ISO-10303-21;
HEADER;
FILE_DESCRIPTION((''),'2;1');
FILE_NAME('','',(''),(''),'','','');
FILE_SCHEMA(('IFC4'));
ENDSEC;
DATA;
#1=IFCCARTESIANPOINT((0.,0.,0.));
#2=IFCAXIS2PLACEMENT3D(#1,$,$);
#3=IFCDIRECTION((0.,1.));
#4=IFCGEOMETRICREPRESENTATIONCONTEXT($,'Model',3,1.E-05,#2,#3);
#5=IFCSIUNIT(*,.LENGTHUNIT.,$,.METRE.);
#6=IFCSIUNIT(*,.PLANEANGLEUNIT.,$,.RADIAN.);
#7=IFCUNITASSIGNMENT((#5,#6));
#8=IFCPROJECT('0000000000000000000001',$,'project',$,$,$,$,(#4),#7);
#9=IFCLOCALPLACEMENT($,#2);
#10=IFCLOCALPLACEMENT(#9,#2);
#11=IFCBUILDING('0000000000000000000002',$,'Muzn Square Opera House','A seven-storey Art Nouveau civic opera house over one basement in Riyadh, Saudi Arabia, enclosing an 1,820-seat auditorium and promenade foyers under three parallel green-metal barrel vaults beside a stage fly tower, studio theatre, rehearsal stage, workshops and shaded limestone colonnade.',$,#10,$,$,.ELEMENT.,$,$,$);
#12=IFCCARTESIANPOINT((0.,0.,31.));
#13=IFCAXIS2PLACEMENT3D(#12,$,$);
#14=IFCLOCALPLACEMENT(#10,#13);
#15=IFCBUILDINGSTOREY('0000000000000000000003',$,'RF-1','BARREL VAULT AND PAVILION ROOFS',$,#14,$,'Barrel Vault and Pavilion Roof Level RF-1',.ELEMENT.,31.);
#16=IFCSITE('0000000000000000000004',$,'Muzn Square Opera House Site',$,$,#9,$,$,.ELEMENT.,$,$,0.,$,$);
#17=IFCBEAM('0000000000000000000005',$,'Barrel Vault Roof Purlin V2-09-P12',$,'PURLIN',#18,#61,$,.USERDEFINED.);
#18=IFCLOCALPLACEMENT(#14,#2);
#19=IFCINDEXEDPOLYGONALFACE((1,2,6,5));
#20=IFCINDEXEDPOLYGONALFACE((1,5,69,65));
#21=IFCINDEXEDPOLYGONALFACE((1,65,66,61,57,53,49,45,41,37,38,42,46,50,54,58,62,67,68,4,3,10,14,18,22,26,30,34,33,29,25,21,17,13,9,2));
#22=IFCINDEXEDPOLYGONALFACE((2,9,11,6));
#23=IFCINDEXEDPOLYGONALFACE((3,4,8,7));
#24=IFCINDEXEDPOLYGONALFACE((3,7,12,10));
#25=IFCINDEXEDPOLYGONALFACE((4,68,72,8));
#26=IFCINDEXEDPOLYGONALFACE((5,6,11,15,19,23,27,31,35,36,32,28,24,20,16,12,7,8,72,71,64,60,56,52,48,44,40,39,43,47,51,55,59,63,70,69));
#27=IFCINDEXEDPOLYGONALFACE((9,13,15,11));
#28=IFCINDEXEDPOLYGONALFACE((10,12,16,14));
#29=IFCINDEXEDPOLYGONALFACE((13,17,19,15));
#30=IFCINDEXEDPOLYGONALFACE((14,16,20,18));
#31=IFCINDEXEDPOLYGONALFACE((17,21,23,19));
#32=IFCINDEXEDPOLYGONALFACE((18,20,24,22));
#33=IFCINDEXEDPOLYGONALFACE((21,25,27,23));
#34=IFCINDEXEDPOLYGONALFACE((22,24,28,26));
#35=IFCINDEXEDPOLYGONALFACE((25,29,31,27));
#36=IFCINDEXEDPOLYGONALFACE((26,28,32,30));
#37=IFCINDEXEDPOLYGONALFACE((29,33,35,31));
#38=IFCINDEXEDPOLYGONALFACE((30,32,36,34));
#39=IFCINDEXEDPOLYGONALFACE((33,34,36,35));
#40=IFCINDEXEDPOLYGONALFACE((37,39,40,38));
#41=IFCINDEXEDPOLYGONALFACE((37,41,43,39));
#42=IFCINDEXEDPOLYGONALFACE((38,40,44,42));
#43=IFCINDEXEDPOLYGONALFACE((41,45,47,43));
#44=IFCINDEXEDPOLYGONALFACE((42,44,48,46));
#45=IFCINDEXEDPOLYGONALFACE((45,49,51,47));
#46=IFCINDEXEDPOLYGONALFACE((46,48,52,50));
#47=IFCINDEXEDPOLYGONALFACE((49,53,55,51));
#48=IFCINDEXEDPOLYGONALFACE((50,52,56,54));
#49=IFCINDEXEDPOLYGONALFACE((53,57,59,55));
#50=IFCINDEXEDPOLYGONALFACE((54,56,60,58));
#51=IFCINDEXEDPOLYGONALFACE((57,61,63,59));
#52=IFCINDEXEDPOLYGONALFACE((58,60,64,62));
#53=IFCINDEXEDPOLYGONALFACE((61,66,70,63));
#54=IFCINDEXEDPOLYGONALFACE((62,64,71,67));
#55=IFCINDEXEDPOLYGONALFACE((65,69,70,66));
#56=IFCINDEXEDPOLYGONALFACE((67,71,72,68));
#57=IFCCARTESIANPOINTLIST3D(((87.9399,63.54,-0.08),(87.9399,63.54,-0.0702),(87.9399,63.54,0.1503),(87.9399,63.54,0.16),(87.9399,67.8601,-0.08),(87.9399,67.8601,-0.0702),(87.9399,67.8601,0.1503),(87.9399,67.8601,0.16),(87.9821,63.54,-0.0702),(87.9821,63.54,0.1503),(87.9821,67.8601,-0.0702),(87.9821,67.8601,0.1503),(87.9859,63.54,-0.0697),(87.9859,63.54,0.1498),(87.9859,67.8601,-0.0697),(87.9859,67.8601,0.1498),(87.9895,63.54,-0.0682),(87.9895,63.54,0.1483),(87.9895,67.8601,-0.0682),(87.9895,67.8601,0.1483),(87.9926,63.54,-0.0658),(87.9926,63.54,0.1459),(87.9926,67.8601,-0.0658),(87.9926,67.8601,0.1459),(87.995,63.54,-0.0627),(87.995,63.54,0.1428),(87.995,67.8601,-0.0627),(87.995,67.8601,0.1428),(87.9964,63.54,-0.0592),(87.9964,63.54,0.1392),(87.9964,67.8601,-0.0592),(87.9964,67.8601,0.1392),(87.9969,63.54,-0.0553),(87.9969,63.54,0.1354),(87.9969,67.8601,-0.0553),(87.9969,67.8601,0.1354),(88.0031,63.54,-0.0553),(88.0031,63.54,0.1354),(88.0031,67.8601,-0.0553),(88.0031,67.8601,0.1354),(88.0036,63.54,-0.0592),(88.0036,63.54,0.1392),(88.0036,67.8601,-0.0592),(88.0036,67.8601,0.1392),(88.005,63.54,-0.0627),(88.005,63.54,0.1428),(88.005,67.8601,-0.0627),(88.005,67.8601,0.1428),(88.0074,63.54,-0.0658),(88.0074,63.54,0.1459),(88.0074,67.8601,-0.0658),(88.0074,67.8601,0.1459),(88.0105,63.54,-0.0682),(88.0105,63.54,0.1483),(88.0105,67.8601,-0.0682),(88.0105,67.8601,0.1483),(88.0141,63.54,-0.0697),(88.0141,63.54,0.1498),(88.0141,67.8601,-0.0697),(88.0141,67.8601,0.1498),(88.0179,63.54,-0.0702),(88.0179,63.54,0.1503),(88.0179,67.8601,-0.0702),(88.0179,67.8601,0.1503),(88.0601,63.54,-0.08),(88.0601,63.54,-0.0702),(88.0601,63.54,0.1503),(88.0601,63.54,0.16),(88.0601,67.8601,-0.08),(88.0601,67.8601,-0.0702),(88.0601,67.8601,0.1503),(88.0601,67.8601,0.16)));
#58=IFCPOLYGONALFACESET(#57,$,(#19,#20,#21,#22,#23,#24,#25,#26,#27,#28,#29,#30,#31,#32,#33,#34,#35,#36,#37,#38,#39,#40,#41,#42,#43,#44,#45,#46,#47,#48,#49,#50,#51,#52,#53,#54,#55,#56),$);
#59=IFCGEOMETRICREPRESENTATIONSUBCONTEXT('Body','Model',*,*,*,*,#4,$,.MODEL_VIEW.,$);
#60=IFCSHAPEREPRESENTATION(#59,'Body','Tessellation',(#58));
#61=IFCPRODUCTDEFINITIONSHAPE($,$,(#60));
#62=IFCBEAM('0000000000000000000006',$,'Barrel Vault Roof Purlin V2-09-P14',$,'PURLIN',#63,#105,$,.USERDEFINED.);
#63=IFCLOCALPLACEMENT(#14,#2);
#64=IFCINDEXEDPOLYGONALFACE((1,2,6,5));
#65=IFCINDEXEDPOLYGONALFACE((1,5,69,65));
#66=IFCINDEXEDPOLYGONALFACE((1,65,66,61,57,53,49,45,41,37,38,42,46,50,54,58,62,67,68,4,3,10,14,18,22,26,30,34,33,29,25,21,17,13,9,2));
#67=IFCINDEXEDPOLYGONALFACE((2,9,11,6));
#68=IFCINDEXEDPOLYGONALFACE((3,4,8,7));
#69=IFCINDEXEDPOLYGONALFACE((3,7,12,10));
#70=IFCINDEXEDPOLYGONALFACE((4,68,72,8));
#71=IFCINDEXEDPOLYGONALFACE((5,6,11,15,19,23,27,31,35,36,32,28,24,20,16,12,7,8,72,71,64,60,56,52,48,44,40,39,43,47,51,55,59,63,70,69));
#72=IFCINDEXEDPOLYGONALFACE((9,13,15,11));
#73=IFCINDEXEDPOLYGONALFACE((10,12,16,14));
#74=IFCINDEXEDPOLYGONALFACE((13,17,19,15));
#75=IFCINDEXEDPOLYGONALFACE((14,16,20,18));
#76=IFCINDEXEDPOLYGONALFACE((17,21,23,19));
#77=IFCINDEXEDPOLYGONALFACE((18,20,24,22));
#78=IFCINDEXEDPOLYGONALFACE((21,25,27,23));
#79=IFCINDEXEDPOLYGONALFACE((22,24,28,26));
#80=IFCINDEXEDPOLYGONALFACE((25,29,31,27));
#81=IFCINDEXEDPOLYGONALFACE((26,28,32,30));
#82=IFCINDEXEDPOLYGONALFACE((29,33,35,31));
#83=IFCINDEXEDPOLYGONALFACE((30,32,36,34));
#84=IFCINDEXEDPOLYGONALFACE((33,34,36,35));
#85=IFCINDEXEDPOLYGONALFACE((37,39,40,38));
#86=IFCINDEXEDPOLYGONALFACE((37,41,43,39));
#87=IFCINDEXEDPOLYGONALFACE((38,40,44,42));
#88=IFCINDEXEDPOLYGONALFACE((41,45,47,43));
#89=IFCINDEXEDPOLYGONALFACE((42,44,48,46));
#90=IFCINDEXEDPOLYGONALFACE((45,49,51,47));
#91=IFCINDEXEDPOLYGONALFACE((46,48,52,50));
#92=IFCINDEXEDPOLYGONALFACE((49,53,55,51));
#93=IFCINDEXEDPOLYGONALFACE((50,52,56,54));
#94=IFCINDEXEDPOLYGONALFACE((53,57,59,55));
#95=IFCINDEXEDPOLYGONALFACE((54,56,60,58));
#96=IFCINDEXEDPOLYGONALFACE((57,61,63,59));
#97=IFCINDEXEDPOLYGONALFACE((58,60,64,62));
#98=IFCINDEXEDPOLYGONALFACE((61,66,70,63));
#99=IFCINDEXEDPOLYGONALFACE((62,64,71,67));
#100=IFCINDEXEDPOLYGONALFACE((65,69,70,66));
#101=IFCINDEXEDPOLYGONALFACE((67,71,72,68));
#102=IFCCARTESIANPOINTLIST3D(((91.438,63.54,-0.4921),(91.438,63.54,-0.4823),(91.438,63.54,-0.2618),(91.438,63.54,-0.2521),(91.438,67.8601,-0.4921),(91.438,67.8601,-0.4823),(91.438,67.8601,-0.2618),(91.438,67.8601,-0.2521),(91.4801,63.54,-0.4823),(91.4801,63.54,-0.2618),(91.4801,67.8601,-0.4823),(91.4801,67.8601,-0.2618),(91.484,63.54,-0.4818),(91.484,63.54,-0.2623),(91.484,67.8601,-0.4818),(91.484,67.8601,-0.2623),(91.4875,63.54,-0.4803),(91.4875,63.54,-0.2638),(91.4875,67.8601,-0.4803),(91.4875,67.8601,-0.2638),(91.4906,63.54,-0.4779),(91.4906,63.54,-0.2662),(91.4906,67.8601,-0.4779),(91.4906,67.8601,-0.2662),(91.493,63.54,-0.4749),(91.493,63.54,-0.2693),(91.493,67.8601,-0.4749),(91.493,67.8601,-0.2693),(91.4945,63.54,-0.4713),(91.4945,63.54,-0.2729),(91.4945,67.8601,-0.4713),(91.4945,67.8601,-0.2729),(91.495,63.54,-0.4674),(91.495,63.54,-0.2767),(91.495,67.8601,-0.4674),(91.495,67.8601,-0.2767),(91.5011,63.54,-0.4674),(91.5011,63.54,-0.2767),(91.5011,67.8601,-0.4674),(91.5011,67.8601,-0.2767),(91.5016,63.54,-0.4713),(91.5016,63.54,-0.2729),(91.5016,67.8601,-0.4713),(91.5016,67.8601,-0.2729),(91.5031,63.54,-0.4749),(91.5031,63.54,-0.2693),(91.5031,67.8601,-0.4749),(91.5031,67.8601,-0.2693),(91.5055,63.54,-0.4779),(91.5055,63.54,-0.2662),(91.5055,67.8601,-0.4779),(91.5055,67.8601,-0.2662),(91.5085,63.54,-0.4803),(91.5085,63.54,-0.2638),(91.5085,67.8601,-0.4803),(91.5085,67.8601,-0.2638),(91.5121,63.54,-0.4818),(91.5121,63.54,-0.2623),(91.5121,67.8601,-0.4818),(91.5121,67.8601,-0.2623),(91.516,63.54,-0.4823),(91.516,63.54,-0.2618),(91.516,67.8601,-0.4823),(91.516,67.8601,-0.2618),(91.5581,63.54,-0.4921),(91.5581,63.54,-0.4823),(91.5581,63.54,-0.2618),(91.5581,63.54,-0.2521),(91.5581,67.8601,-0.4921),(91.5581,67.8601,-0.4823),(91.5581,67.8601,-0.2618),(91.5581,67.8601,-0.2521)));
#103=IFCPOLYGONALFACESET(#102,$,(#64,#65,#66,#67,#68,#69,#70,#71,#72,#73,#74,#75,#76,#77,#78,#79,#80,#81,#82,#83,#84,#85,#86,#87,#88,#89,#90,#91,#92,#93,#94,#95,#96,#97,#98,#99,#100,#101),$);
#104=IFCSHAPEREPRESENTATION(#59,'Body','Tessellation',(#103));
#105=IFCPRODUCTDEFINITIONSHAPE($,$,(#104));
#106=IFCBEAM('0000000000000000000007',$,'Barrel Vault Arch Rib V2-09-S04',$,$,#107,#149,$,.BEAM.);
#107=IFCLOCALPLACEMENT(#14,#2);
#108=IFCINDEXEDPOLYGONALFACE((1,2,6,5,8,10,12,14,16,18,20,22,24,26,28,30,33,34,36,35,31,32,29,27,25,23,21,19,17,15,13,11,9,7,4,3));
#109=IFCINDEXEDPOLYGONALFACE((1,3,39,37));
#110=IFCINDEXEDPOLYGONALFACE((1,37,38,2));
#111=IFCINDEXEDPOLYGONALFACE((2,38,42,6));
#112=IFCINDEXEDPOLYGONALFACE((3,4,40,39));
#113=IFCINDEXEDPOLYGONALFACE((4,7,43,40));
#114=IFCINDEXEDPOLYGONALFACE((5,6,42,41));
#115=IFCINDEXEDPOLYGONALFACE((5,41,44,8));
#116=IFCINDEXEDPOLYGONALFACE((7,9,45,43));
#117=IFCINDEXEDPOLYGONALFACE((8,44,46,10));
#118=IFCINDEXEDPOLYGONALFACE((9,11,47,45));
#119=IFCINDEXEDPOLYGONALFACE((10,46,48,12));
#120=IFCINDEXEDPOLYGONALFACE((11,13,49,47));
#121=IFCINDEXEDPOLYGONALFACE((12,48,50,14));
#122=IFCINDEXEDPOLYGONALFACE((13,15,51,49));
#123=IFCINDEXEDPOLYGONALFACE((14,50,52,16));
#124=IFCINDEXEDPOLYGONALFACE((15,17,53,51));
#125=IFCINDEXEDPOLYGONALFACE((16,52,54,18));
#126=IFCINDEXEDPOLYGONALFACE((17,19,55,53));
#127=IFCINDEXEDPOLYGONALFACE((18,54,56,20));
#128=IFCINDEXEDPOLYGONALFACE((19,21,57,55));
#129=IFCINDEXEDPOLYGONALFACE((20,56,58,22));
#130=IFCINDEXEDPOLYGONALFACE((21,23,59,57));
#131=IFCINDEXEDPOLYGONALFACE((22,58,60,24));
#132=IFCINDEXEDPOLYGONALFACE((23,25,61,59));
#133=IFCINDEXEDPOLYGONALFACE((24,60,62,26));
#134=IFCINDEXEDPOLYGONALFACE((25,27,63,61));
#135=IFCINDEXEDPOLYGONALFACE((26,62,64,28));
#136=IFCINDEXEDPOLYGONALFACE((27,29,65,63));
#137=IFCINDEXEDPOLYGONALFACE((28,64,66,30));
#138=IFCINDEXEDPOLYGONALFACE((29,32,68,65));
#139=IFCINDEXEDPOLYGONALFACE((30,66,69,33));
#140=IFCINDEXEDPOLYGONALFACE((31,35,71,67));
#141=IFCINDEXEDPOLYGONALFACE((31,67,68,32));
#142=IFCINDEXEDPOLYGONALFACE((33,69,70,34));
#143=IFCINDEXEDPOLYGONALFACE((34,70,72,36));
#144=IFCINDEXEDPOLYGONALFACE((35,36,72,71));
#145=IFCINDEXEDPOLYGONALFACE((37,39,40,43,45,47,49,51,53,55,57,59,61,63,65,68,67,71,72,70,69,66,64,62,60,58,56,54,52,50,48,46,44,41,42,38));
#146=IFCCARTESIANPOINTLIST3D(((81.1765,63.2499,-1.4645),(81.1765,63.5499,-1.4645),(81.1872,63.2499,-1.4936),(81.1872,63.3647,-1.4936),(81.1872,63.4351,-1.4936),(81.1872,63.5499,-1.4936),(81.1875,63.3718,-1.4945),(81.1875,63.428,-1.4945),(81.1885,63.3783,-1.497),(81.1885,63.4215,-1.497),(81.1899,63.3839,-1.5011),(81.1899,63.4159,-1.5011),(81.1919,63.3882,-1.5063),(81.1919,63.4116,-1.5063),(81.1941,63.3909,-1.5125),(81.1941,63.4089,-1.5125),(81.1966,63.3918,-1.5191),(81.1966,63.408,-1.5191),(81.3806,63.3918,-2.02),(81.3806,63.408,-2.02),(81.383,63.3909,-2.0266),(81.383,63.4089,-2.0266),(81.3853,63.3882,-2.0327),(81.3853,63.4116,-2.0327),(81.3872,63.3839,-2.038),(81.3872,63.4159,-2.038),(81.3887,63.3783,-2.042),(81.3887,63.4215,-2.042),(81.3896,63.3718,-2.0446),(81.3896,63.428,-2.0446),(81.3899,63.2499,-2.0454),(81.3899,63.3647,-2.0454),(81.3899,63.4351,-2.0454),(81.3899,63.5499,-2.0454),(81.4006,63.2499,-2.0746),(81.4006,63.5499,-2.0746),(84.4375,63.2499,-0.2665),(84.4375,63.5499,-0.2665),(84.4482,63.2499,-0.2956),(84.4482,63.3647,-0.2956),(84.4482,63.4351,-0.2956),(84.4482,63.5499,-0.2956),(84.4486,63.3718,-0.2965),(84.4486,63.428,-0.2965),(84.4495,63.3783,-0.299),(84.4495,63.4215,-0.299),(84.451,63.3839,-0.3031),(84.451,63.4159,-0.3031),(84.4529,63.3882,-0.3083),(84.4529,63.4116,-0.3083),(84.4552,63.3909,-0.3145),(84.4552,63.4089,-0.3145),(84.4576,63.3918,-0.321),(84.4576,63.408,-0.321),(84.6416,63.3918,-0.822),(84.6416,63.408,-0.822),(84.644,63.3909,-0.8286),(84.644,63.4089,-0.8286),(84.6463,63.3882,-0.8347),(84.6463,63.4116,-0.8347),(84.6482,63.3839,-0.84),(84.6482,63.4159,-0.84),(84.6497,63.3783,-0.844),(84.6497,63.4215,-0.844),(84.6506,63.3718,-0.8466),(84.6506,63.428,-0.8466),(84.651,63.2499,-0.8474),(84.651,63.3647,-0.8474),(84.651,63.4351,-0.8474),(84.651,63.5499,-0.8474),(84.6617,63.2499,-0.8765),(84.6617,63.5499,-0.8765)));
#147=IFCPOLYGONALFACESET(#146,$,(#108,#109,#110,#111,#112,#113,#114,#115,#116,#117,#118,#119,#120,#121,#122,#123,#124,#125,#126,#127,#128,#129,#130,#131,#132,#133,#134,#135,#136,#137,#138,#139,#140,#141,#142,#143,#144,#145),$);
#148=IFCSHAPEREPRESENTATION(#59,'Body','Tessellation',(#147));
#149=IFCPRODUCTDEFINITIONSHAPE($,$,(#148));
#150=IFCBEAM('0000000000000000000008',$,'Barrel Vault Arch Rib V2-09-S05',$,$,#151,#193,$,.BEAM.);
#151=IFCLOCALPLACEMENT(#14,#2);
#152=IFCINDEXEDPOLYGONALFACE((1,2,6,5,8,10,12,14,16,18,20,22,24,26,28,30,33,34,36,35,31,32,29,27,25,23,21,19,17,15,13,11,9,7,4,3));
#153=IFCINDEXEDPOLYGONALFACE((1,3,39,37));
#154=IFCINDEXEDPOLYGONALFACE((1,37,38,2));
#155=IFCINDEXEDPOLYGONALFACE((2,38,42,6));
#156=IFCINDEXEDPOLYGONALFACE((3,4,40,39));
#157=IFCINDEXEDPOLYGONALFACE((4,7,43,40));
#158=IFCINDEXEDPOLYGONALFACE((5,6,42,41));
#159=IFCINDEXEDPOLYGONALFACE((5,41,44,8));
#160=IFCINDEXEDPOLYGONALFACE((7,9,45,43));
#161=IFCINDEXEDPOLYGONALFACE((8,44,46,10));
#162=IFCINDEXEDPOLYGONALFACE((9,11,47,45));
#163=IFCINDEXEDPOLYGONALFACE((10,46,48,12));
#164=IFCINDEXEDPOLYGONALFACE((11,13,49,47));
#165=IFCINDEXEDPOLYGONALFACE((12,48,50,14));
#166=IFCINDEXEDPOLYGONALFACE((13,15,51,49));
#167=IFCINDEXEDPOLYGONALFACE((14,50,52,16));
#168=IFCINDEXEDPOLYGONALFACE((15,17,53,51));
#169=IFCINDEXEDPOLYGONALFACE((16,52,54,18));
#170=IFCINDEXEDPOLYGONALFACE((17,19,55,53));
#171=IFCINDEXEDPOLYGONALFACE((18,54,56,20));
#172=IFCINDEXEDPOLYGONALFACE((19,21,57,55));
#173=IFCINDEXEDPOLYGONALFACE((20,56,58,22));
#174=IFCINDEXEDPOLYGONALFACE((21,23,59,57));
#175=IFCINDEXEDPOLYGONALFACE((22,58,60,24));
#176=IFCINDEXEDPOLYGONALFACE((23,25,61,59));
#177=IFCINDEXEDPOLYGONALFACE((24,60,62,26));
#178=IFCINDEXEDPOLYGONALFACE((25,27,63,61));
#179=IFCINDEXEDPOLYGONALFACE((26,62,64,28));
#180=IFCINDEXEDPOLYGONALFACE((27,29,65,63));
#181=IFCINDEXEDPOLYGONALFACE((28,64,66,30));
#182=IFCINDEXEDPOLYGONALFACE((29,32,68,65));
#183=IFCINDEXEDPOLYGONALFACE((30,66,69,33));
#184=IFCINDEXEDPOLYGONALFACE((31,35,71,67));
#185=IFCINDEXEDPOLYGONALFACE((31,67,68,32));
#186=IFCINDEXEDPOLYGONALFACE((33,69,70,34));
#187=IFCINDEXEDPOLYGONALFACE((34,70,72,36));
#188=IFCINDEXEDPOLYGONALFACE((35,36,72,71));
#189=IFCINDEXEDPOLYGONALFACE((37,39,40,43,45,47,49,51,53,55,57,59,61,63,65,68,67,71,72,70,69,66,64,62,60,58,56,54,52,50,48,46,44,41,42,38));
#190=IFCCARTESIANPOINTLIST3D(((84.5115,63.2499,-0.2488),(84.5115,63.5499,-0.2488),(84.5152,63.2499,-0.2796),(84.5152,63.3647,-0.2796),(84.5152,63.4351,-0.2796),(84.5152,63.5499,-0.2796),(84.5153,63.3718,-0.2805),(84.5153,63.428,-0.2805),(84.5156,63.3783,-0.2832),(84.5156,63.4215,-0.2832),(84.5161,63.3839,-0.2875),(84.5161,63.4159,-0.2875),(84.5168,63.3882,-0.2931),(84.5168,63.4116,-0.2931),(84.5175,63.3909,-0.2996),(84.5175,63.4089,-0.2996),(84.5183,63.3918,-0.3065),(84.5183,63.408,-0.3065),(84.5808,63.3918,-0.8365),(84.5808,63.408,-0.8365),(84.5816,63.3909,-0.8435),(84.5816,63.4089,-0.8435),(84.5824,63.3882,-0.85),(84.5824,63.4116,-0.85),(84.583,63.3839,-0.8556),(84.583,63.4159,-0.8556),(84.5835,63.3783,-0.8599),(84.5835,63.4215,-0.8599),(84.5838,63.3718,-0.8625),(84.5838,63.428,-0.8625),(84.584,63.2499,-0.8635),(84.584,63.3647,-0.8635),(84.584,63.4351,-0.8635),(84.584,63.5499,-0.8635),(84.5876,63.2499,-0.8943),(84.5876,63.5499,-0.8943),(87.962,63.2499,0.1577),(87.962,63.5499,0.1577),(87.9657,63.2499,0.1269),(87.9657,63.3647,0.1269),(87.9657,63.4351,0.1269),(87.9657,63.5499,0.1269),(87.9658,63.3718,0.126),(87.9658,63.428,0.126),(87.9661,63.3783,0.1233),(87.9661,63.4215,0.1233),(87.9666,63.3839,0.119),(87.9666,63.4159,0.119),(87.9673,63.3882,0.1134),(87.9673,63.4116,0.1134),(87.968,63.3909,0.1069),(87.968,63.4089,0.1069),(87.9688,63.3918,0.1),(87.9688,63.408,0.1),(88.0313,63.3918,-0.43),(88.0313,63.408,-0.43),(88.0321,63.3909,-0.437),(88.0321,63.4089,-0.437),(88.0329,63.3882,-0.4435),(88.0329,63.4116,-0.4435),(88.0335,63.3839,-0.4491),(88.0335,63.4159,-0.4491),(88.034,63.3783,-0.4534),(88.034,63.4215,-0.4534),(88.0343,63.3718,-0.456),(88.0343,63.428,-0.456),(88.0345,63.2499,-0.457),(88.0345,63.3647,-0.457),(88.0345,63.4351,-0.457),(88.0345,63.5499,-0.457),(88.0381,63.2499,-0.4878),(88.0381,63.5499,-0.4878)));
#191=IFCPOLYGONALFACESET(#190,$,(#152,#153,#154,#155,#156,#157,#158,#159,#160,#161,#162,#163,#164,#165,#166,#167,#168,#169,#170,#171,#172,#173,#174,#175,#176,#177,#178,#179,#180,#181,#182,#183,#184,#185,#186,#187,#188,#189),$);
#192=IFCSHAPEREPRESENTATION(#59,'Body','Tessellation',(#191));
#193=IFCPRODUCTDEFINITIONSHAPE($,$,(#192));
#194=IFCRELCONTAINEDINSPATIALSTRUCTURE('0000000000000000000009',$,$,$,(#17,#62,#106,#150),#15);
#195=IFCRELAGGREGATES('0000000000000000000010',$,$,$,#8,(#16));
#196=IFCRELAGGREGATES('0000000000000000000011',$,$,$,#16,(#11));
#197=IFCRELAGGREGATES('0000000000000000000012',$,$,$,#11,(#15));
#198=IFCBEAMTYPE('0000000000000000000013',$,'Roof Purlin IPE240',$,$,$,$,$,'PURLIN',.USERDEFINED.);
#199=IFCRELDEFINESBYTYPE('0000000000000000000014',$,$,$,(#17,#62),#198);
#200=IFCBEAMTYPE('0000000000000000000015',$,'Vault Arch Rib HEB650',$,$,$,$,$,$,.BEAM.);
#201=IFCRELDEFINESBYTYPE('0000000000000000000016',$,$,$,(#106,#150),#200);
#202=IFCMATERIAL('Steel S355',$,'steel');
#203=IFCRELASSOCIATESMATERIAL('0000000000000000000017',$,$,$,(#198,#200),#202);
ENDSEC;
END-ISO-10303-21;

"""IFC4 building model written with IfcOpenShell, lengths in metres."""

from ifc_helpers import new_model, si_unit, direction, frame, origin, origin_2d, place, context, subcontext, project, spatial, i_section, extrude, material, material_profile, profile_set, type_object, element, save


model = new_model("IFC4")

# Units and contexts
model_context = context("Model", 3, precision=1e-05, world=origin(), true_north=direction((0.0, 1.0)))
body_context = subcontext(model_context, "Body", "Model", "MODEL_VIEW")
ifc_project = project(units=[si_unit("LENGTHUNIT", "METRE"), si_unit("PLANEANGLEUNIT", "RADIAN")], contexts=[model_context])

# Site, building, storey
site_placement = place(None, origin())
site = spatial("IfcSite", under=ifc_project, at=site_placement, Name="Muzn Square Opera House Site", CompositionType="ELEMENT", RefElevation=0.0)
building_placement = place(site_placement, origin())
building = spatial("IfcBuilding", under=site, at=building_placement, Name="Muzn Square Opera House", Description="A seven-storey Art Nouveau civic opera house over one basement in Riyadh, Saudi Arabia, enclosing an 1,820-seat auditorium and promenade foyers under three parallel green-metal barrel vaults beside a stage fly tower, studio theatre, rehearsal stage, workshops and shaded limestone colonnade.", CompositionType="ELEMENT")
storey_placement = place(building_placement, frame((0.0, 0.0, 31.0)))
storey = spatial("IfcBuildingStorey", under=building, at=storey_placement, Name="RF-1", Description="BARREL VAULT AND PAVILION ROOFS", LongName="Barrel Vault and Pavilion Roof Level RF-1", CompositionType="ELEMENT", Elevation=31.0)

# Beams
ifc_material_1 = material(Name="Steel S355", Category="steel")
ifc_material_profile_1 = material_profile(ifc_material_1, i_section(OverallWidth=0.1201, OverallDepth=0.24, WebThickness=0.0061, FlangeThickness=0.0098, FilletRadius=0.0149, at=origin_2d()), Name="IPE 240", Category="steel")
ifc_profile_set_1 = profile_set([ifc_material_profile_1], Name="Steel S355")
beam_type_1 = type_object("IfcBeamType", Name="Roof Purlin IPE240", ElementType="PURLIN", PredefinedType="USERDEFINED", material=ifc_profile_set_1)
for number, where, z_axis, x_axis, name in (
    (1, (88.0, 63.54, 0.04), (0.0, 1.0, 0.0), (-1.0, 0.0, 0.0), "Barrel Vault Roof Purlin V2-09-P12"),
    (2, (91.498, 63.54, -0.3721), (0.0, 1.0, 0.0), (-1.0, 0.0, 0.0), "Barrel Vault Roof Purlin V2-09-P14"),
):
    element("IfcBeam", number, at=place(storey_placement, frame(where, z_axis=z_axis, x_axis=x_axis)), inside=storey, type_object=beam_type_1, Name=name, ObjectType="PURLIN", PredefinedType="USERDEFINED", context=body_context, shape_type="SweptSolid", body=[
        extrude(i_section(OverallWidth=0.1201, OverallDepth=0.24, WebThickness=0.0061, FlangeThickness=0.0098, FilletRadius=0.0149, at=origin_2d()), origin(), (0.0, 0.0, 1.0), 4.3201),
    ])
ifc_material_profile_2 = material_profile(ifc_material_1, i_section(OverallWidth=0.3, OverallDepth=0.6499, WebThickness=0.0161, FlangeThickness=0.031, FilletRadius=0.0271, at=origin_2d()), Name="HEB 650", Category="steel")
ifc_profile_set_2 = profile_set([ifc_material_profile_2], Name="Steel S355")
beam_type_2 = type_object("IfcBeamType", Name="Vault Arch Rib HEB650", PredefinedType="BEAM", material=ifc_profile_set_2)
beam_1_placement = place(storey_placement, frame((81.2886, 63.3999, -1.7695), z_axis=(0.938662, 0.0, 0.344839), x_axis=(0.0, 1.0, 0.0)))
element("IfcBeam", 3, at=beam_1_placement, inside=storey, type_object=beam_type_2, Name="Barrel Vault Arch Rib V2-09-S04", PredefinedType="BEAM", context=body_context, shape_type="SweptSolid", body=[
    extrude(i_section(OverallWidth=0.3, OverallDepth=0.6499, WebThickness=0.0161, FlangeThickness=0.031, FilletRadius=0.0271, at=origin_2d()), origin(), (0.0, 0.0, 1.0), 3.4741),
])
for number, where, z_axis, x_axis, name in (
    (4, (84.5496, 63.3999, -0.5715), (0.993132, 0.0, 0.117), (0.0, 1.0, 0.0), "Barrel Vault Arch Rib V2-09-S05"),
):
    element("IfcBeam", number, at=place(storey_placement, frame(where, z_axis=z_axis, x_axis=x_axis)), inside=storey, type_object=beam_type_2, Name=name, PredefinedType="BEAM", context=body_context, shape_type="SweptSolid", body=[
        extrude(i_section(OverallWidth=0.3, OverallDepth=0.6499, WebThickness=0.0161, FlangeThickness=0.031, FilletRadius=0.0271, at=origin_2d()), origin(), (0.0, 0.0, 1.0), 3.4744),
    ])

save(model, "model.ifc")
